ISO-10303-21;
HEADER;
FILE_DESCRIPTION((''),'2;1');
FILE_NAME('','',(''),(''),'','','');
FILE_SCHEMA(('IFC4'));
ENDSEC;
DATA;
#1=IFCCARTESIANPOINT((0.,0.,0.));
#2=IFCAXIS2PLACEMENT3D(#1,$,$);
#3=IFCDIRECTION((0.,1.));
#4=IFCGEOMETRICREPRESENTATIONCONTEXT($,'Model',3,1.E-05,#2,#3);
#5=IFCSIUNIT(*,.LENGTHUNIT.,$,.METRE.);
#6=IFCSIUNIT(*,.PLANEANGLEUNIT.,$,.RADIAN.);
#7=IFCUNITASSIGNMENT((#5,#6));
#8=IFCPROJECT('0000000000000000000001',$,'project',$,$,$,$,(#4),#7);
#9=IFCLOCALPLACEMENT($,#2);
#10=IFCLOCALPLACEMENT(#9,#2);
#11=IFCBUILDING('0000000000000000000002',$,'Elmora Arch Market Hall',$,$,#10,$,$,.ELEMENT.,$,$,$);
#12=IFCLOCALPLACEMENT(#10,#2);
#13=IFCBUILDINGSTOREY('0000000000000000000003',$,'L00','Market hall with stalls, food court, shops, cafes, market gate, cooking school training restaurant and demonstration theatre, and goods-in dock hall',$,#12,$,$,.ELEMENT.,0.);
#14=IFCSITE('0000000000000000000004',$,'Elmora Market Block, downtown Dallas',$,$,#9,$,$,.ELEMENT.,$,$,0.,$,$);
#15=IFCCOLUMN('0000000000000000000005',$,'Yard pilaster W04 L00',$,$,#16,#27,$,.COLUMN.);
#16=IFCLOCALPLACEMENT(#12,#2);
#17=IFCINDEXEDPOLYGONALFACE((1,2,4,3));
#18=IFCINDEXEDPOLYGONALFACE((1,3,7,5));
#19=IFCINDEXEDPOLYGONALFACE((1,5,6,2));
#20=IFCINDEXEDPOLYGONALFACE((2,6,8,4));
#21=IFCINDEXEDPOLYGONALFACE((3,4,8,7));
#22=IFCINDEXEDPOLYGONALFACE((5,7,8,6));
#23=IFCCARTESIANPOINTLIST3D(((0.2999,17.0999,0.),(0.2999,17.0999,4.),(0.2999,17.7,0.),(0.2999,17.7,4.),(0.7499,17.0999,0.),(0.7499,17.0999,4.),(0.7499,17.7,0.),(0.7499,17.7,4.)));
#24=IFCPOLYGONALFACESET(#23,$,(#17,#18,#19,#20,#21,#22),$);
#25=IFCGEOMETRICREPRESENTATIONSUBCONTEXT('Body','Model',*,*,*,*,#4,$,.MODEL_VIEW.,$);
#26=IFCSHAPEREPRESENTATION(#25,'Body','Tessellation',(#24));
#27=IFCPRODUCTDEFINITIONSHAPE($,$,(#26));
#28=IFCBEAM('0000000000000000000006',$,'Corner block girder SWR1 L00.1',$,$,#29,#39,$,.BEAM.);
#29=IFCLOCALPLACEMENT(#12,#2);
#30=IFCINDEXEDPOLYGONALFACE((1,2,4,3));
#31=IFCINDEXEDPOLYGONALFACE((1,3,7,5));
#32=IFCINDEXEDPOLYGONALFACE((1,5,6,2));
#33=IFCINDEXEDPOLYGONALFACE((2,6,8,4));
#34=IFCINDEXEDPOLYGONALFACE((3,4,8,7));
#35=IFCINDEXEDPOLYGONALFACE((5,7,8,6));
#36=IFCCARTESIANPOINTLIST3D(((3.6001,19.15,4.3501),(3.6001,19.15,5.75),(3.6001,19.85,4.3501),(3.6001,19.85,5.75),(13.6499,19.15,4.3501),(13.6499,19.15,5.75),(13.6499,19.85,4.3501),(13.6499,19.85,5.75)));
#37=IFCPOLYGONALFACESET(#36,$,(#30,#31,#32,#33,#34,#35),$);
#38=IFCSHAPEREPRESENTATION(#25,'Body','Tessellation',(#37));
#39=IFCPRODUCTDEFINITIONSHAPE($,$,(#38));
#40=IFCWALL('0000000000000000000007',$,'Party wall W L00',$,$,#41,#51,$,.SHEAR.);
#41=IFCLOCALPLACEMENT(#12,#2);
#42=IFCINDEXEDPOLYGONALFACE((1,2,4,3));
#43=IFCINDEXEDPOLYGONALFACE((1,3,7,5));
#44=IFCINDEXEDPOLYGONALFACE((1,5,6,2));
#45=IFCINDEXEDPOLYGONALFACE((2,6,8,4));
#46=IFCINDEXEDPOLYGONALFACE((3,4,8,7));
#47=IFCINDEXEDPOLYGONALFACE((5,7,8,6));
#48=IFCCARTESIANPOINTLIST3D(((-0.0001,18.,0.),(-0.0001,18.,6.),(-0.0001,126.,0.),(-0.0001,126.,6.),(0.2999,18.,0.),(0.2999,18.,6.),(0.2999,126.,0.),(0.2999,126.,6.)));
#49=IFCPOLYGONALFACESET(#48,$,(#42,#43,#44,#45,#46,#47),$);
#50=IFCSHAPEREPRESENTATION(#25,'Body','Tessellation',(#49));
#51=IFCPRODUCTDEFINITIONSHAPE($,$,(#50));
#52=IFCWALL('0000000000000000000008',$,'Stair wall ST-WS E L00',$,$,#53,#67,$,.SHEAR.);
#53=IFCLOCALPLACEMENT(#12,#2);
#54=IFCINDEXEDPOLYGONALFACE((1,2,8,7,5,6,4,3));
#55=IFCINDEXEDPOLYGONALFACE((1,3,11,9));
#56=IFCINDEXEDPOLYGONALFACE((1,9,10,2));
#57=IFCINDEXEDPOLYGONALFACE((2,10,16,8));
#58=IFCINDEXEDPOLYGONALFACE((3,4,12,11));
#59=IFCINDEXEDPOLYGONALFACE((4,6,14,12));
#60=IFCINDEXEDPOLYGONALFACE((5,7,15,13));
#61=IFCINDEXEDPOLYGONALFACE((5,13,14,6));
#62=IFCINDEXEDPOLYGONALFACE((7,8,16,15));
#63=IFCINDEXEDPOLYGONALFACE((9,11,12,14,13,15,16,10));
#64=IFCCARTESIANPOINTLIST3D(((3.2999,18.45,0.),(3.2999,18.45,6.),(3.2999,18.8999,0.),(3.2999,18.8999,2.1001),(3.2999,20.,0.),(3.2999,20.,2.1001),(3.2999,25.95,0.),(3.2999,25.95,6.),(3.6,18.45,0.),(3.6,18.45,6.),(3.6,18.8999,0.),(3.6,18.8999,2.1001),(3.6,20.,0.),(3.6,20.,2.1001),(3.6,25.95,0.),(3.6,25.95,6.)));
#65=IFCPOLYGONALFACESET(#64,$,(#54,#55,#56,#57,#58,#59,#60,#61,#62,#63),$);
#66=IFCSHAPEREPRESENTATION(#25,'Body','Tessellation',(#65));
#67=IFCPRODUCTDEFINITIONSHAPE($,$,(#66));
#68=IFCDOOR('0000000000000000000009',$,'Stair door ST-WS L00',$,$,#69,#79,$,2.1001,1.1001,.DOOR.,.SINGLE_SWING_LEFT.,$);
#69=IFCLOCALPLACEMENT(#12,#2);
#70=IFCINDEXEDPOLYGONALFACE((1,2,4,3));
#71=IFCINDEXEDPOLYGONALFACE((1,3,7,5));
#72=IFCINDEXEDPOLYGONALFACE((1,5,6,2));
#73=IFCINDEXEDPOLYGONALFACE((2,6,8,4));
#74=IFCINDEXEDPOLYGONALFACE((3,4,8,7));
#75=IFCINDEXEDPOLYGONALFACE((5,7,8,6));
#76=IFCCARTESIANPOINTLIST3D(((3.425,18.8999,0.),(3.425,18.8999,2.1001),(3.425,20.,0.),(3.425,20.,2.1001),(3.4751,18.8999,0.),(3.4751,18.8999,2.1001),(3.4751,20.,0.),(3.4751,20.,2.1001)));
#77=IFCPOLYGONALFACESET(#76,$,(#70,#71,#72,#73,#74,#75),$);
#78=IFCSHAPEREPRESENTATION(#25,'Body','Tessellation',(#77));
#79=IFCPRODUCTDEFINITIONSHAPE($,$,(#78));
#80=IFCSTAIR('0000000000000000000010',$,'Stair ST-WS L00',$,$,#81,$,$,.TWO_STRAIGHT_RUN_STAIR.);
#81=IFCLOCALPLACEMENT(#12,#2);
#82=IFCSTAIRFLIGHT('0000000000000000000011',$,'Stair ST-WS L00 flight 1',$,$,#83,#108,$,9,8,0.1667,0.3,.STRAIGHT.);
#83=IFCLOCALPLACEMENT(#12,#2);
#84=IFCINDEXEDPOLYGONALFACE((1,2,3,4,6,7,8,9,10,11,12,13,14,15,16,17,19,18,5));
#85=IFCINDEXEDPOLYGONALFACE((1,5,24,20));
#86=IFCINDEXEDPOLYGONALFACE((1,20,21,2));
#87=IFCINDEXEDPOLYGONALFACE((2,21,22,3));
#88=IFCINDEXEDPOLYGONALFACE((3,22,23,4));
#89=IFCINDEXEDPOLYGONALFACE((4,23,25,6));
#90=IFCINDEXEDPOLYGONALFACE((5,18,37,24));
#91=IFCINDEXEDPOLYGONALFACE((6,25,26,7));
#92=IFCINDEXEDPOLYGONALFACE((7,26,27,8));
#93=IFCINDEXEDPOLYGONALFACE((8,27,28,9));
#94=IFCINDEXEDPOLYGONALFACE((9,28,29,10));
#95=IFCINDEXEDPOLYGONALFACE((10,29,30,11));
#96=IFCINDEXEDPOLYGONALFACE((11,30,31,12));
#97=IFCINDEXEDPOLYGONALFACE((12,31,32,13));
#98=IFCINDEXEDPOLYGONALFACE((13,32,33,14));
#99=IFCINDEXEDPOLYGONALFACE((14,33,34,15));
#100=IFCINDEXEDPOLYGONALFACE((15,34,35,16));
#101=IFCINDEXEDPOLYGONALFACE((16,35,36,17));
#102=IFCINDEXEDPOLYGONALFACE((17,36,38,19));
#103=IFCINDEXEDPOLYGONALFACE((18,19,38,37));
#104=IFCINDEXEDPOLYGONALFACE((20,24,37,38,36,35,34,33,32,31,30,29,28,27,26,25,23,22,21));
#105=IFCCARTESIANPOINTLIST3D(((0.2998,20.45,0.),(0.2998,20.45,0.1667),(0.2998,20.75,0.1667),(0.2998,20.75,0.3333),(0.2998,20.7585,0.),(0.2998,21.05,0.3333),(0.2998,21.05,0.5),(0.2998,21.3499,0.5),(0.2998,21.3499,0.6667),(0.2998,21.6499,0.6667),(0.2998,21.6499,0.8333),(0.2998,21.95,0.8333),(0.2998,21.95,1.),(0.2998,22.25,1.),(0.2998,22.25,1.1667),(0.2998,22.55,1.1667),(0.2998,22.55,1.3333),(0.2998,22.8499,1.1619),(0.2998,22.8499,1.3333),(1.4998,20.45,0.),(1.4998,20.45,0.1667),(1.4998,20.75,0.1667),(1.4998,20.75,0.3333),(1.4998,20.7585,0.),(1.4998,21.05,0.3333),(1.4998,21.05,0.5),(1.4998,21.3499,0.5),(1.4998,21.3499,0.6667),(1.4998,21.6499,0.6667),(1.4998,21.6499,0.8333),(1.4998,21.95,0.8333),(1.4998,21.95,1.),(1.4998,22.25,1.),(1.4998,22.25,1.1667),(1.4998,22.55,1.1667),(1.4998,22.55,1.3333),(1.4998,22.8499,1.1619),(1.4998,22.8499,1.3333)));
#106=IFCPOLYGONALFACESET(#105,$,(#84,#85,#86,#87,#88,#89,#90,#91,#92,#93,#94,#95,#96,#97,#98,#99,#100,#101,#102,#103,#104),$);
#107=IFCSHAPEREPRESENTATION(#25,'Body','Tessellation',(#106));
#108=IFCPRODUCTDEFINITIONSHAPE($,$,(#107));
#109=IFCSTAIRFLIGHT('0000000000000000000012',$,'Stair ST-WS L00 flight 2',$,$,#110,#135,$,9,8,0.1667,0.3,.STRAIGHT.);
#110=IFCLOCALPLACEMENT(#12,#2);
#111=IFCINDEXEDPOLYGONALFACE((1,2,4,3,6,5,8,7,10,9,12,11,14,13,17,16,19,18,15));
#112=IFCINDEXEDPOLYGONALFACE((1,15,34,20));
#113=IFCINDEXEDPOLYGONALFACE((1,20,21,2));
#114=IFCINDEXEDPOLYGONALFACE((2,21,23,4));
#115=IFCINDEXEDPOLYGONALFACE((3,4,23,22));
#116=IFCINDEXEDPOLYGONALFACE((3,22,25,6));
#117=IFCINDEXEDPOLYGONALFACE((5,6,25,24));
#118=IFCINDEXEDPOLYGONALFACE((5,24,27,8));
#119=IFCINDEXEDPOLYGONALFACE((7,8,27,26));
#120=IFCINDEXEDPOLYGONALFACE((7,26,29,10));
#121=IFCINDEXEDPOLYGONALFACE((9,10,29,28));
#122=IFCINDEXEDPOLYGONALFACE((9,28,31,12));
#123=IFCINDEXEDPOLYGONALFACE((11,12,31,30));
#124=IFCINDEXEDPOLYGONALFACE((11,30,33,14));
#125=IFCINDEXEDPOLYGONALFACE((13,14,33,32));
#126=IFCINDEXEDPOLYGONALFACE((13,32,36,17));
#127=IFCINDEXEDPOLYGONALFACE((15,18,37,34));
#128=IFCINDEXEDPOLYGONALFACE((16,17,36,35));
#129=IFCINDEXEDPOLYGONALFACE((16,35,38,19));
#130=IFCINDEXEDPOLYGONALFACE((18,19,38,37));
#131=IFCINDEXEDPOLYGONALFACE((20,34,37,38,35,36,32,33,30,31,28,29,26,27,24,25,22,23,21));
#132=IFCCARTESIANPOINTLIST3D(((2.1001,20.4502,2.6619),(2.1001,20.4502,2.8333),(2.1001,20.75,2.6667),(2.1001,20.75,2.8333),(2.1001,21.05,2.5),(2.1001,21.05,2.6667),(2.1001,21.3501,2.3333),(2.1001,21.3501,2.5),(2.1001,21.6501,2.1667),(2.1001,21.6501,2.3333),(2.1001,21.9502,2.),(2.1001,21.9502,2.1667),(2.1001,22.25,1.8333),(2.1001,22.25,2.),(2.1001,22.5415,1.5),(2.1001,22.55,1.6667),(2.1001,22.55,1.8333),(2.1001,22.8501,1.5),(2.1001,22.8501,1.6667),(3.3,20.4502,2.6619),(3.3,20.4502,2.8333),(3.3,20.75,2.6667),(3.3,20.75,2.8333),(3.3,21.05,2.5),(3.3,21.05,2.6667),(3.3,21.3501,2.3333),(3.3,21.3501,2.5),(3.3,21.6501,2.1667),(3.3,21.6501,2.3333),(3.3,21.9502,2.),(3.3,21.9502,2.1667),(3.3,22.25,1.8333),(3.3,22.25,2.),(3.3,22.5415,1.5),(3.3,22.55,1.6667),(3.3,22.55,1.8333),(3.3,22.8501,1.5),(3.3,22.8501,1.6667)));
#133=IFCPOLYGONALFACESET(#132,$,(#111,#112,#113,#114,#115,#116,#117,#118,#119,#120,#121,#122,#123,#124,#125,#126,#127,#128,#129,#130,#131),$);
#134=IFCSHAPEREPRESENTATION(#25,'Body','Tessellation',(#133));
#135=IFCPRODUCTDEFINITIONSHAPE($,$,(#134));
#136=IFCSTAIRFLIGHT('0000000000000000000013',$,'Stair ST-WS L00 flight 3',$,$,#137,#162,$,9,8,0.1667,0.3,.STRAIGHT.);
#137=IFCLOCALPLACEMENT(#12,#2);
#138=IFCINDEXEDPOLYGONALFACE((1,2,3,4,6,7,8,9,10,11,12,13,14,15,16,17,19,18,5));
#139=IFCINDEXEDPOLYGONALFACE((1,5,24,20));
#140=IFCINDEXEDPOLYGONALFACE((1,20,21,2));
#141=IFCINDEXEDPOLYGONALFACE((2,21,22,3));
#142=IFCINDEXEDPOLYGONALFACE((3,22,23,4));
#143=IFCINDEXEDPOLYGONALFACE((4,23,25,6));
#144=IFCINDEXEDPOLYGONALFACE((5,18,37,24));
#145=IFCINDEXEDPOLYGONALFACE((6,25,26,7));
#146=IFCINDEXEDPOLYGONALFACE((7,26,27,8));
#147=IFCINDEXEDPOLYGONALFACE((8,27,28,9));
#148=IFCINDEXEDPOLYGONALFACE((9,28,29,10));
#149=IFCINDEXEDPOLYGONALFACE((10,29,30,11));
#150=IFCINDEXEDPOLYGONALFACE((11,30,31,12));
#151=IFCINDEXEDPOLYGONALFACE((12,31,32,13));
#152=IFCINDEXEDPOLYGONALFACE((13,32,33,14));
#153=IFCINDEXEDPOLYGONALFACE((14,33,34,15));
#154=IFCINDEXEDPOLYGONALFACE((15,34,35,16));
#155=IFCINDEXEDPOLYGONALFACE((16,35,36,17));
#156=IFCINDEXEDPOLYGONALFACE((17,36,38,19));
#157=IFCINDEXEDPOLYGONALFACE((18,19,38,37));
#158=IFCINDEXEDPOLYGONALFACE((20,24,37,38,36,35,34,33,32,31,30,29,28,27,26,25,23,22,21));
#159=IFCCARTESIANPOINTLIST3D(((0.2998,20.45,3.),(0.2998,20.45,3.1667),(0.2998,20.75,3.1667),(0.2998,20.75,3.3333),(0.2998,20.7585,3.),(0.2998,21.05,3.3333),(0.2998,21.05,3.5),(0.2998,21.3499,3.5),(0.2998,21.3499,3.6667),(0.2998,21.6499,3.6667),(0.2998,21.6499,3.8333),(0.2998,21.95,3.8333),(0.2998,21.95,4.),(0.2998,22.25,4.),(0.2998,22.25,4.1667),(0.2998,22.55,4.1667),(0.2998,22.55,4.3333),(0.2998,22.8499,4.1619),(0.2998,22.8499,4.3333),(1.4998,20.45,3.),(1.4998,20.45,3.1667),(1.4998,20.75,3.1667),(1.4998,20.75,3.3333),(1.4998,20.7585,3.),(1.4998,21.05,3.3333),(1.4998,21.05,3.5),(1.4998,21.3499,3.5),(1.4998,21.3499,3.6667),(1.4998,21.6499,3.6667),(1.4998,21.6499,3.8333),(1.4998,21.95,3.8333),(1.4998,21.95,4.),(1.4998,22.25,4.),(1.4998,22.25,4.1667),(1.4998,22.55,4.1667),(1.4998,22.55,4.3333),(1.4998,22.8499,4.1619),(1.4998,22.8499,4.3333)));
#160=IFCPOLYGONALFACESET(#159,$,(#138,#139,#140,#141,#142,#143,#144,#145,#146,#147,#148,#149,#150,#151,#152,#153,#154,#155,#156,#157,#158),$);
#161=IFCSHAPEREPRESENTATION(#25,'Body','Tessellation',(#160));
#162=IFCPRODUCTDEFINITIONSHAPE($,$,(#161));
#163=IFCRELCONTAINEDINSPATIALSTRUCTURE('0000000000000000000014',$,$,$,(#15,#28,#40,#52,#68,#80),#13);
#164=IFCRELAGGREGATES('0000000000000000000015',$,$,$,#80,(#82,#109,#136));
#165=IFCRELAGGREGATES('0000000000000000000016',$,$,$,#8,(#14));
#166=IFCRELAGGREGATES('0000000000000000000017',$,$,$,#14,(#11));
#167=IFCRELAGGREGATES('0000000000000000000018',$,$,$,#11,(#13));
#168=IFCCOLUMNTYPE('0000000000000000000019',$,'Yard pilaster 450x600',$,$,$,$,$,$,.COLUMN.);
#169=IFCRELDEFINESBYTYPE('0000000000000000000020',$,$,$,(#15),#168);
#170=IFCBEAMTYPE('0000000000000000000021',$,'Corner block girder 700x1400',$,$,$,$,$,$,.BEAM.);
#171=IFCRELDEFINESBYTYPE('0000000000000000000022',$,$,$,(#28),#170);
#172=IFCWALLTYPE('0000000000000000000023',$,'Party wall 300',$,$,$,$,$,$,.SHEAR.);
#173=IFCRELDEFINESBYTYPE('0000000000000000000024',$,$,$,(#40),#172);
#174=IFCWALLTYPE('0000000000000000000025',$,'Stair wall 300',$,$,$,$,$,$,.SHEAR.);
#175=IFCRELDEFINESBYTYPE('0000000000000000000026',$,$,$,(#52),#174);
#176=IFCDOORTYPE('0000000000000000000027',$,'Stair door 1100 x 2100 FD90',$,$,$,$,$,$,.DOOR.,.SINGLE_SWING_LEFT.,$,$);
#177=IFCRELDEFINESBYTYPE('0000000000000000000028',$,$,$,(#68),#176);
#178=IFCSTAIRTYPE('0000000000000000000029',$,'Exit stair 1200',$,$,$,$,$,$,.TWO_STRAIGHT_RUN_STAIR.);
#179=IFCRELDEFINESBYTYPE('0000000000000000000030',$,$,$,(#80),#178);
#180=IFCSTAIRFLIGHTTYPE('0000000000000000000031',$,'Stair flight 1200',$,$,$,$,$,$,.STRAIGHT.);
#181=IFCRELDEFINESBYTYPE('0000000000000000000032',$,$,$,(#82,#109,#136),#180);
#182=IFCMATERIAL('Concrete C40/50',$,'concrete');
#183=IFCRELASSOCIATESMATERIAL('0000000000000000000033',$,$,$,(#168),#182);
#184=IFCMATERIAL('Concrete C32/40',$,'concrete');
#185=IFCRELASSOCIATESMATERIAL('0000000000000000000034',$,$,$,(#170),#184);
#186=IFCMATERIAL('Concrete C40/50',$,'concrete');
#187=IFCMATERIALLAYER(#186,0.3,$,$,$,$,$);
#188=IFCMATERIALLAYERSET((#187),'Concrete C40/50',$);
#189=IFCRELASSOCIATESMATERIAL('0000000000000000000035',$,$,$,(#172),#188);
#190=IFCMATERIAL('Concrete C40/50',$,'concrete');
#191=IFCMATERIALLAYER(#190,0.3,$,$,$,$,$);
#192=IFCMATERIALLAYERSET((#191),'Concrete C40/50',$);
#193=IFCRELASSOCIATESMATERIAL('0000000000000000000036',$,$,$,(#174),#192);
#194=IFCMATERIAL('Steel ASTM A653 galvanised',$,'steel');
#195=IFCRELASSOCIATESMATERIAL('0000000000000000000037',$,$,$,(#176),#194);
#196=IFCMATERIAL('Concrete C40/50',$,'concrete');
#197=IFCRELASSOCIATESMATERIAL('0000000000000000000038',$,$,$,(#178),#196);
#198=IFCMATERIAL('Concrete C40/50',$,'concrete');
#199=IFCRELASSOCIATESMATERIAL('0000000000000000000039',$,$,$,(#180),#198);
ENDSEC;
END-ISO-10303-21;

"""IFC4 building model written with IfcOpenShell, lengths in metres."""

from ifc_helpers import new_model, si_unit, direction, frame, frame_2d, origin, origin_2d, place, context, subcontext, project, spatial, polyline, rectangle, outline, extrude, material, layer, layer_set, material_profile, profile_set, type_object, element, fill, aggregate, save


model = new_model("IFC4")

# Units and contexts
model_context = context("Model", 3, precision=1e-05, world=origin(), true_north=direction((0.0, 1.0)))
body_context = subcontext(model_context, "Body", "Model", "MODEL_VIEW")
ifc_project = project(units=[si_unit("LENGTHUNIT", "METRE"), si_unit("PLANEANGLEUNIT", "RADIAN")], contexts=[model_context])

# Site, building, storey
site_placement = place(None, origin())
site = spatial("IfcSite", under=ifc_project, at=site_placement, Name="Elmora Market Block, downtown Dallas", CompositionType="ELEMENT", RefElevation=0.0)
building_placement = place(site_placement, origin())
building = spatial("IfcBuilding", under=site, at=building_placement, Name="Elmora Arch Market Hall", CompositionType="ELEMENT")
storey_placement = place(building_placement, origin())
storey = spatial("IfcBuildingStorey", under=building, at=storey_placement, Name="L00", Description="Market hall with stalls, food court, shops, cafes, market gate, cooking school training restaurant and demonstration theatre, and goods-in dock hall", CompositionType="ELEMENT", Elevation=0.0)

# Column
ifc_material_1 = material(Name="Concrete C40/50", Category="concrete")
ifc_material_profile_1 = material_profile(ifc_material_1, rectangle(XDim=0.45, YDim=0.6001, at=origin_2d()), Name="Yard pilaster 450x600")
ifc_profile_set_1 = profile_set([ifc_material_profile_1], Name="Concrete C40/50")
column_type = type_object("IfcColumnType", Name="Yard pilaster 450x600", PredefinedType="COLUMN", material=ifc_profile_set_1)
column_placement = place(storey_placement, frame((0.5249, 17.3999, 0.0), z_axis=(0.0, 0.0, 1.0), x_axis=(1.0, 0.0, 0.0)))
element("IfcColumn", 1, at=column_placement, inside=storey, type_object=column_type, Name="Yard pilaster W04 L00", PredefinedType="COLUMN", context=body_context, shape_type="SweptSolid", body=[
    extrude(rectangle(XDim=0.45, YDim=0.6001, at=origin_2d()), origin(), (0.0, 0.0, 1.0), 4.0),
])

# Beam
ifc_material_2 = material(Name="Concrete C32/40", Category="concrete")
ifc_material_profile_2 = material_profile(ifc_material_2, rectangle(XDim=0.7, YDim=1.3999, at=origin_2d()), Name="Corner block girder 700x1400")
ifc_profile_set_2 = profile_set([ifc_material_profile_2], Name="Concrete C32/40")
beam_type = type_object("IfcBeamType", Name="Corner block girder 700x1400", PredefinedType="BEAM", material=ifc_profile_set_2)
beam_placement = place(storey_placement, frame((3.6001, 19.5, 5.05), z_axis=(1.0, 0.0, 0.0), x_axis=(0.0, 1.0, 0.0)))
element("IfcBeam", 2, at=beam_placement, inside=storey, type_object=beam_type, Name="Corner block girder SWR1 L00.1", PredefinedType="BEAM", context=body_context, shape_type="SweptSolid", body=[
    extrude(rectangle(XDim=0.7, YDim=1.3999, at=origin_2d()), origin(), (0.0, 0.0, 1.0), 10.0498),
])

# Wall
ifc_material_3 = material(Name="Concrete C40/50", Category="concrete")
ifc_layer_1 = layer(ifc_material_3, 0.3)
ifc_layer_set_1 = layer_set([ifc_layer_1], Name="Concrete C40/50")
wall_type_1 = type_object("IfcWallType", Name="Party wall 300", PredefinedType="SHEAR", material=ifc_layer_set_1)
wall_1_placement = place(storey_placement, frame((0.1499, 18.0, 0.0), z_axis=(0.0, 0.0, 1.0), x_axis=(0.0, 1.0, 0.0)))
element("IfcWall", 3, at=wall_1_placement, inside=storey, type_object=wall_type_1, Name="Party wall W L00", PredefinedType="SHEAR", context=body_context, shape_type="SweptSolid", body=[
    extrude(rectangle(XDim=108.0, YDim=0.3, at=frame_2d((54.0, 0.0))), origin(), (0.0, 0.0, 1.0), 6.0),
])

# Wall, opening, door
ifc_material_4 = material(Name="Concrete C40/50", Category="concrete")
ifc_layer_2 = layer(ifc_material_4, 0.3)
ifc_layer_set_2 = layer_set([ifc_layer_2], Name="Concrete C40/50")
wall_type_2 = type_object("IfcWallType", Name="Stair wall 300", PredefinedType="SHEAR", material=ifc_layer_set_2)
wall_2_placement = place(storey_placement, frame((3.45, 18.45, 0.0), z_axis=(0.0, 0.0, 1.0), x_axis=(0.0, 1.0, 0.0)))
wall_2 = element("IfcWall", 4, at=wall_2_placement, inside=storey, type_object=wall_type_2, Name="Stair wall ST-WS E L00", PredefinedType="SHEAR", context=body_context, shape_type="SweptSolid", body=[
    extrude(rectangle(XDim=7.5, YDim=0.3, at=frame_2d((3.75, 0.0))), origin(), (0.0, 0.0, 1.0), 6.0),
])
opening_placement = place(wall_2_placement, frame((0.45, 0.0, 0.0)))
opening = element("IfcOpeningElement", 5, at=opening_placement, cuts=wall_2, PredefinedType="OPENING", context=body_context, shape_type="SweptSolid", body=[
    extrude(rectangle(XDim=1.1001, YDim=2.1001, at=frame_2d((0.55, 1.05))), frame((0.0, 0.1599, 0.0), z_axis=(0.0, -1.0, 0.0), x_axis=(1.0, 0.0, 0.0)), (0.0, 0.0, 1.0), 0.3201),
])
ifc_material_5 = material(Name="Steel ASTM A653 galvanised", Category="steel")
door_type = type_object("IfcDoorType", Name="Stair door 1100 x 2100 FD90", OperationType="SINGLE_SWING_LEFT", PredefinedType="DOOR", material=ifc_material_5)
door_placement = place(opening_placement, origin())
door = element("IfcDoor", 6, at=door_placement, inside=storey, type_object=door_type, Name="Stair door ST-WS L00", OperationType="SINGLE_SWING_LEFT", OverallHeight=2.1001, OverallWidth=1.1001, PredefinedType="DOOR", context=body_context, shape_type="SweptSolid", body=[
    extrude(rectangle(XDim=1.1001, YDim=2.1001, at=frame_2d((0.55, 1.05))), frame((0.0, 0.0249, 0.0), z_axis=(0.0, -1.0, 0.0), x_axis=(1.0, 0.0, 0.0)), (0.0, 0.0, 1.0), 0.05),
])
fill(opening, door)

# Stair, stair flights
ifc_material_6 = material(Name="Concrete C40/50", Category="concrete")
stair_type = type_object("IfcStairType", Name="Exit stair 1200", PredefinedType="TWO_STRAIGHT_RUN_STAIR", material=ifc_material_6)
stair_placement = place(storey_placement, origin())
stair = element("IfcStair", 7, at=stair_placement, inside=storey, type_object=stair_type, Name="Stair ST-WS L00", PredefinedType="TWO_STRAIGHT_RUN_STAIR")
ifc_material_7 = material(Name="Concrete C40/50", Category="concrete")
stair_flight_type = type_object("IfcStairFlightType", Name="Stair flight 1200", PredefinedType="STRAIGHT", material=ifc_material_7)
stair_flight_1_placement = place(storey_placement, frame((0.8999, 20.45, 0.0), z_axis=(0.0, 0.0, 1.0), x_axis=(0.0, 1.0, 0.0)))
stair_flight_1 = element("IfcStairFlight", 8, at=stair_flight_1_placement, type_object=stair_flight_type, Name="Stair ST-WS L00 flight 1", NumberOfRisers=9, NumberOfTreads=8, PredefinedType="STRAIGHT", RiserHeight=0.1667, TreadLength=0.3, context=body_context, shape_type="SweptSolid", body=[
    extrude(outline(polyline([(0.0, 0.0), (0.0, 0.1667), (0.3, 0.1667), (0.3, 0.3333), (0.6001, 0.3333), (0.6001, 0.5), (0.8999, 0.5), (0.8999, 0.6667), (1.2, 0.6667), (1.2, 0.8333), (1.5, 0.8333), (1.5, 1.0), (1.8, 1.0), (1.8, 1.1667), (2.1001, 1.1667), (2.1001, 1.3333), (2.3999, 1.3333), (2.3999, 1.5), (2.3999, 1.1619), (0.3086, 0.0), (0.0, 0.0)])), frame((0.0, 0.6001, 0.0), z_axis=(0.0, -1.0, 0.0), x_axis=(1.0, 0.0, 0.0)), (0.0, 0.0, 1.0), 1.2),
])
stair_flight_2_placement = place(storey_placement, frame((2.7, 22.8501, 1.5), z_axis=(0.0, 0.0, 1.0), x_axis=(0.0, -1.0, 0.0)))
stair_flight_2 = element("IfcStairFlight", 9, at=stair_flight_2_placement, type_object=stair_flight_type, Name="Stair ST-WS L00 flight 2", NumberOfRisers=9, NumberOfTreads=8, PredefinedType="STRAIGHT", RiserHeight=0.1667, TreadLength=0.3, context=body_context, shape_type="SweptSolid", body=[
    extrude(outline(polyline([(0.0, 0.0), (0.0, 0.1667), (0.3, 0.1667), (0.3, 0.3333), (0.6001, 0.3333), (0.6001, 0.5), (0.8999, 0.5), (0.8999, 0.6667), (1.2, 0.6667), (1.2, 0.8333), (1.5, 0.8333), (1.5, 1.0), (1.8, 1.0), (1.8, 1.1667), (2.1001, 1.1667), (2.1001, 1.3333), (2.3999, 1.3333), (2.3999, 1.5), (2.3999, 1.1619), (0.3086, 0.0), (0.0, 0.0)])), frame((0.0, 0.6001, 0.0), z_axis=(0.0, -1.0, 0.0), x_axis=(1.0, 0.0, 0.0)), (0.0, 0.0, 1.0), 1.2),
])
stair_flight_3_placement = place(storey_placement, frame((0.8999, 20.45, 3.0), z_axis=(0.0, 0.0, 1.0), x_axis=(0.0, 1.0, 0.0)))
stair_flight_3 = element("IfcStairFlight", 10, at=stair_flight_3_placement, type_object=stair_flight_type, Name="Stair ST-WS L00 flight 3", NumberOfRisers=9, NumberOfTreads=8, PredefinedType="STRAIGHT", RiserHeight=0.1667, TreadLength=0.3, context=body_context, shape_type="SweptSolid", body=[
    extrude(outline(polyline([(0.0, 0.0), (0.0, 0.1667), (0.3, 0.1667), (0.3, 0.3333), (0.6001, 0.3333), (0.6001, 0.5), (0.8999, 0.5), (0.8999, 0.6667), (1.2, 0.6667), (1.2, 0.8333), (1.5, 0.8333), (1.5, 1.0), (1.8, 1.0), (1.8, 1.1667), (2.1001, 1.1667), (2.1001, 1.3333), (2.3999, 1.3333), (2.3999, 1.5), (2.3999, 1.1619), (0.3086, 0.0), (0.0, 0.0)])), frame((0.0, 0.6001, 0.0), z_axis=(0.0, -1.0, 0.0), x_axis=(1.0, 0.0, 0.0)), (0.0, 0.0, 1.0), 1.2),
])
aggregate(stair, [stair_flight_1, stair_flight_2, stair_flight_3])

save(model, "model.ifc")
